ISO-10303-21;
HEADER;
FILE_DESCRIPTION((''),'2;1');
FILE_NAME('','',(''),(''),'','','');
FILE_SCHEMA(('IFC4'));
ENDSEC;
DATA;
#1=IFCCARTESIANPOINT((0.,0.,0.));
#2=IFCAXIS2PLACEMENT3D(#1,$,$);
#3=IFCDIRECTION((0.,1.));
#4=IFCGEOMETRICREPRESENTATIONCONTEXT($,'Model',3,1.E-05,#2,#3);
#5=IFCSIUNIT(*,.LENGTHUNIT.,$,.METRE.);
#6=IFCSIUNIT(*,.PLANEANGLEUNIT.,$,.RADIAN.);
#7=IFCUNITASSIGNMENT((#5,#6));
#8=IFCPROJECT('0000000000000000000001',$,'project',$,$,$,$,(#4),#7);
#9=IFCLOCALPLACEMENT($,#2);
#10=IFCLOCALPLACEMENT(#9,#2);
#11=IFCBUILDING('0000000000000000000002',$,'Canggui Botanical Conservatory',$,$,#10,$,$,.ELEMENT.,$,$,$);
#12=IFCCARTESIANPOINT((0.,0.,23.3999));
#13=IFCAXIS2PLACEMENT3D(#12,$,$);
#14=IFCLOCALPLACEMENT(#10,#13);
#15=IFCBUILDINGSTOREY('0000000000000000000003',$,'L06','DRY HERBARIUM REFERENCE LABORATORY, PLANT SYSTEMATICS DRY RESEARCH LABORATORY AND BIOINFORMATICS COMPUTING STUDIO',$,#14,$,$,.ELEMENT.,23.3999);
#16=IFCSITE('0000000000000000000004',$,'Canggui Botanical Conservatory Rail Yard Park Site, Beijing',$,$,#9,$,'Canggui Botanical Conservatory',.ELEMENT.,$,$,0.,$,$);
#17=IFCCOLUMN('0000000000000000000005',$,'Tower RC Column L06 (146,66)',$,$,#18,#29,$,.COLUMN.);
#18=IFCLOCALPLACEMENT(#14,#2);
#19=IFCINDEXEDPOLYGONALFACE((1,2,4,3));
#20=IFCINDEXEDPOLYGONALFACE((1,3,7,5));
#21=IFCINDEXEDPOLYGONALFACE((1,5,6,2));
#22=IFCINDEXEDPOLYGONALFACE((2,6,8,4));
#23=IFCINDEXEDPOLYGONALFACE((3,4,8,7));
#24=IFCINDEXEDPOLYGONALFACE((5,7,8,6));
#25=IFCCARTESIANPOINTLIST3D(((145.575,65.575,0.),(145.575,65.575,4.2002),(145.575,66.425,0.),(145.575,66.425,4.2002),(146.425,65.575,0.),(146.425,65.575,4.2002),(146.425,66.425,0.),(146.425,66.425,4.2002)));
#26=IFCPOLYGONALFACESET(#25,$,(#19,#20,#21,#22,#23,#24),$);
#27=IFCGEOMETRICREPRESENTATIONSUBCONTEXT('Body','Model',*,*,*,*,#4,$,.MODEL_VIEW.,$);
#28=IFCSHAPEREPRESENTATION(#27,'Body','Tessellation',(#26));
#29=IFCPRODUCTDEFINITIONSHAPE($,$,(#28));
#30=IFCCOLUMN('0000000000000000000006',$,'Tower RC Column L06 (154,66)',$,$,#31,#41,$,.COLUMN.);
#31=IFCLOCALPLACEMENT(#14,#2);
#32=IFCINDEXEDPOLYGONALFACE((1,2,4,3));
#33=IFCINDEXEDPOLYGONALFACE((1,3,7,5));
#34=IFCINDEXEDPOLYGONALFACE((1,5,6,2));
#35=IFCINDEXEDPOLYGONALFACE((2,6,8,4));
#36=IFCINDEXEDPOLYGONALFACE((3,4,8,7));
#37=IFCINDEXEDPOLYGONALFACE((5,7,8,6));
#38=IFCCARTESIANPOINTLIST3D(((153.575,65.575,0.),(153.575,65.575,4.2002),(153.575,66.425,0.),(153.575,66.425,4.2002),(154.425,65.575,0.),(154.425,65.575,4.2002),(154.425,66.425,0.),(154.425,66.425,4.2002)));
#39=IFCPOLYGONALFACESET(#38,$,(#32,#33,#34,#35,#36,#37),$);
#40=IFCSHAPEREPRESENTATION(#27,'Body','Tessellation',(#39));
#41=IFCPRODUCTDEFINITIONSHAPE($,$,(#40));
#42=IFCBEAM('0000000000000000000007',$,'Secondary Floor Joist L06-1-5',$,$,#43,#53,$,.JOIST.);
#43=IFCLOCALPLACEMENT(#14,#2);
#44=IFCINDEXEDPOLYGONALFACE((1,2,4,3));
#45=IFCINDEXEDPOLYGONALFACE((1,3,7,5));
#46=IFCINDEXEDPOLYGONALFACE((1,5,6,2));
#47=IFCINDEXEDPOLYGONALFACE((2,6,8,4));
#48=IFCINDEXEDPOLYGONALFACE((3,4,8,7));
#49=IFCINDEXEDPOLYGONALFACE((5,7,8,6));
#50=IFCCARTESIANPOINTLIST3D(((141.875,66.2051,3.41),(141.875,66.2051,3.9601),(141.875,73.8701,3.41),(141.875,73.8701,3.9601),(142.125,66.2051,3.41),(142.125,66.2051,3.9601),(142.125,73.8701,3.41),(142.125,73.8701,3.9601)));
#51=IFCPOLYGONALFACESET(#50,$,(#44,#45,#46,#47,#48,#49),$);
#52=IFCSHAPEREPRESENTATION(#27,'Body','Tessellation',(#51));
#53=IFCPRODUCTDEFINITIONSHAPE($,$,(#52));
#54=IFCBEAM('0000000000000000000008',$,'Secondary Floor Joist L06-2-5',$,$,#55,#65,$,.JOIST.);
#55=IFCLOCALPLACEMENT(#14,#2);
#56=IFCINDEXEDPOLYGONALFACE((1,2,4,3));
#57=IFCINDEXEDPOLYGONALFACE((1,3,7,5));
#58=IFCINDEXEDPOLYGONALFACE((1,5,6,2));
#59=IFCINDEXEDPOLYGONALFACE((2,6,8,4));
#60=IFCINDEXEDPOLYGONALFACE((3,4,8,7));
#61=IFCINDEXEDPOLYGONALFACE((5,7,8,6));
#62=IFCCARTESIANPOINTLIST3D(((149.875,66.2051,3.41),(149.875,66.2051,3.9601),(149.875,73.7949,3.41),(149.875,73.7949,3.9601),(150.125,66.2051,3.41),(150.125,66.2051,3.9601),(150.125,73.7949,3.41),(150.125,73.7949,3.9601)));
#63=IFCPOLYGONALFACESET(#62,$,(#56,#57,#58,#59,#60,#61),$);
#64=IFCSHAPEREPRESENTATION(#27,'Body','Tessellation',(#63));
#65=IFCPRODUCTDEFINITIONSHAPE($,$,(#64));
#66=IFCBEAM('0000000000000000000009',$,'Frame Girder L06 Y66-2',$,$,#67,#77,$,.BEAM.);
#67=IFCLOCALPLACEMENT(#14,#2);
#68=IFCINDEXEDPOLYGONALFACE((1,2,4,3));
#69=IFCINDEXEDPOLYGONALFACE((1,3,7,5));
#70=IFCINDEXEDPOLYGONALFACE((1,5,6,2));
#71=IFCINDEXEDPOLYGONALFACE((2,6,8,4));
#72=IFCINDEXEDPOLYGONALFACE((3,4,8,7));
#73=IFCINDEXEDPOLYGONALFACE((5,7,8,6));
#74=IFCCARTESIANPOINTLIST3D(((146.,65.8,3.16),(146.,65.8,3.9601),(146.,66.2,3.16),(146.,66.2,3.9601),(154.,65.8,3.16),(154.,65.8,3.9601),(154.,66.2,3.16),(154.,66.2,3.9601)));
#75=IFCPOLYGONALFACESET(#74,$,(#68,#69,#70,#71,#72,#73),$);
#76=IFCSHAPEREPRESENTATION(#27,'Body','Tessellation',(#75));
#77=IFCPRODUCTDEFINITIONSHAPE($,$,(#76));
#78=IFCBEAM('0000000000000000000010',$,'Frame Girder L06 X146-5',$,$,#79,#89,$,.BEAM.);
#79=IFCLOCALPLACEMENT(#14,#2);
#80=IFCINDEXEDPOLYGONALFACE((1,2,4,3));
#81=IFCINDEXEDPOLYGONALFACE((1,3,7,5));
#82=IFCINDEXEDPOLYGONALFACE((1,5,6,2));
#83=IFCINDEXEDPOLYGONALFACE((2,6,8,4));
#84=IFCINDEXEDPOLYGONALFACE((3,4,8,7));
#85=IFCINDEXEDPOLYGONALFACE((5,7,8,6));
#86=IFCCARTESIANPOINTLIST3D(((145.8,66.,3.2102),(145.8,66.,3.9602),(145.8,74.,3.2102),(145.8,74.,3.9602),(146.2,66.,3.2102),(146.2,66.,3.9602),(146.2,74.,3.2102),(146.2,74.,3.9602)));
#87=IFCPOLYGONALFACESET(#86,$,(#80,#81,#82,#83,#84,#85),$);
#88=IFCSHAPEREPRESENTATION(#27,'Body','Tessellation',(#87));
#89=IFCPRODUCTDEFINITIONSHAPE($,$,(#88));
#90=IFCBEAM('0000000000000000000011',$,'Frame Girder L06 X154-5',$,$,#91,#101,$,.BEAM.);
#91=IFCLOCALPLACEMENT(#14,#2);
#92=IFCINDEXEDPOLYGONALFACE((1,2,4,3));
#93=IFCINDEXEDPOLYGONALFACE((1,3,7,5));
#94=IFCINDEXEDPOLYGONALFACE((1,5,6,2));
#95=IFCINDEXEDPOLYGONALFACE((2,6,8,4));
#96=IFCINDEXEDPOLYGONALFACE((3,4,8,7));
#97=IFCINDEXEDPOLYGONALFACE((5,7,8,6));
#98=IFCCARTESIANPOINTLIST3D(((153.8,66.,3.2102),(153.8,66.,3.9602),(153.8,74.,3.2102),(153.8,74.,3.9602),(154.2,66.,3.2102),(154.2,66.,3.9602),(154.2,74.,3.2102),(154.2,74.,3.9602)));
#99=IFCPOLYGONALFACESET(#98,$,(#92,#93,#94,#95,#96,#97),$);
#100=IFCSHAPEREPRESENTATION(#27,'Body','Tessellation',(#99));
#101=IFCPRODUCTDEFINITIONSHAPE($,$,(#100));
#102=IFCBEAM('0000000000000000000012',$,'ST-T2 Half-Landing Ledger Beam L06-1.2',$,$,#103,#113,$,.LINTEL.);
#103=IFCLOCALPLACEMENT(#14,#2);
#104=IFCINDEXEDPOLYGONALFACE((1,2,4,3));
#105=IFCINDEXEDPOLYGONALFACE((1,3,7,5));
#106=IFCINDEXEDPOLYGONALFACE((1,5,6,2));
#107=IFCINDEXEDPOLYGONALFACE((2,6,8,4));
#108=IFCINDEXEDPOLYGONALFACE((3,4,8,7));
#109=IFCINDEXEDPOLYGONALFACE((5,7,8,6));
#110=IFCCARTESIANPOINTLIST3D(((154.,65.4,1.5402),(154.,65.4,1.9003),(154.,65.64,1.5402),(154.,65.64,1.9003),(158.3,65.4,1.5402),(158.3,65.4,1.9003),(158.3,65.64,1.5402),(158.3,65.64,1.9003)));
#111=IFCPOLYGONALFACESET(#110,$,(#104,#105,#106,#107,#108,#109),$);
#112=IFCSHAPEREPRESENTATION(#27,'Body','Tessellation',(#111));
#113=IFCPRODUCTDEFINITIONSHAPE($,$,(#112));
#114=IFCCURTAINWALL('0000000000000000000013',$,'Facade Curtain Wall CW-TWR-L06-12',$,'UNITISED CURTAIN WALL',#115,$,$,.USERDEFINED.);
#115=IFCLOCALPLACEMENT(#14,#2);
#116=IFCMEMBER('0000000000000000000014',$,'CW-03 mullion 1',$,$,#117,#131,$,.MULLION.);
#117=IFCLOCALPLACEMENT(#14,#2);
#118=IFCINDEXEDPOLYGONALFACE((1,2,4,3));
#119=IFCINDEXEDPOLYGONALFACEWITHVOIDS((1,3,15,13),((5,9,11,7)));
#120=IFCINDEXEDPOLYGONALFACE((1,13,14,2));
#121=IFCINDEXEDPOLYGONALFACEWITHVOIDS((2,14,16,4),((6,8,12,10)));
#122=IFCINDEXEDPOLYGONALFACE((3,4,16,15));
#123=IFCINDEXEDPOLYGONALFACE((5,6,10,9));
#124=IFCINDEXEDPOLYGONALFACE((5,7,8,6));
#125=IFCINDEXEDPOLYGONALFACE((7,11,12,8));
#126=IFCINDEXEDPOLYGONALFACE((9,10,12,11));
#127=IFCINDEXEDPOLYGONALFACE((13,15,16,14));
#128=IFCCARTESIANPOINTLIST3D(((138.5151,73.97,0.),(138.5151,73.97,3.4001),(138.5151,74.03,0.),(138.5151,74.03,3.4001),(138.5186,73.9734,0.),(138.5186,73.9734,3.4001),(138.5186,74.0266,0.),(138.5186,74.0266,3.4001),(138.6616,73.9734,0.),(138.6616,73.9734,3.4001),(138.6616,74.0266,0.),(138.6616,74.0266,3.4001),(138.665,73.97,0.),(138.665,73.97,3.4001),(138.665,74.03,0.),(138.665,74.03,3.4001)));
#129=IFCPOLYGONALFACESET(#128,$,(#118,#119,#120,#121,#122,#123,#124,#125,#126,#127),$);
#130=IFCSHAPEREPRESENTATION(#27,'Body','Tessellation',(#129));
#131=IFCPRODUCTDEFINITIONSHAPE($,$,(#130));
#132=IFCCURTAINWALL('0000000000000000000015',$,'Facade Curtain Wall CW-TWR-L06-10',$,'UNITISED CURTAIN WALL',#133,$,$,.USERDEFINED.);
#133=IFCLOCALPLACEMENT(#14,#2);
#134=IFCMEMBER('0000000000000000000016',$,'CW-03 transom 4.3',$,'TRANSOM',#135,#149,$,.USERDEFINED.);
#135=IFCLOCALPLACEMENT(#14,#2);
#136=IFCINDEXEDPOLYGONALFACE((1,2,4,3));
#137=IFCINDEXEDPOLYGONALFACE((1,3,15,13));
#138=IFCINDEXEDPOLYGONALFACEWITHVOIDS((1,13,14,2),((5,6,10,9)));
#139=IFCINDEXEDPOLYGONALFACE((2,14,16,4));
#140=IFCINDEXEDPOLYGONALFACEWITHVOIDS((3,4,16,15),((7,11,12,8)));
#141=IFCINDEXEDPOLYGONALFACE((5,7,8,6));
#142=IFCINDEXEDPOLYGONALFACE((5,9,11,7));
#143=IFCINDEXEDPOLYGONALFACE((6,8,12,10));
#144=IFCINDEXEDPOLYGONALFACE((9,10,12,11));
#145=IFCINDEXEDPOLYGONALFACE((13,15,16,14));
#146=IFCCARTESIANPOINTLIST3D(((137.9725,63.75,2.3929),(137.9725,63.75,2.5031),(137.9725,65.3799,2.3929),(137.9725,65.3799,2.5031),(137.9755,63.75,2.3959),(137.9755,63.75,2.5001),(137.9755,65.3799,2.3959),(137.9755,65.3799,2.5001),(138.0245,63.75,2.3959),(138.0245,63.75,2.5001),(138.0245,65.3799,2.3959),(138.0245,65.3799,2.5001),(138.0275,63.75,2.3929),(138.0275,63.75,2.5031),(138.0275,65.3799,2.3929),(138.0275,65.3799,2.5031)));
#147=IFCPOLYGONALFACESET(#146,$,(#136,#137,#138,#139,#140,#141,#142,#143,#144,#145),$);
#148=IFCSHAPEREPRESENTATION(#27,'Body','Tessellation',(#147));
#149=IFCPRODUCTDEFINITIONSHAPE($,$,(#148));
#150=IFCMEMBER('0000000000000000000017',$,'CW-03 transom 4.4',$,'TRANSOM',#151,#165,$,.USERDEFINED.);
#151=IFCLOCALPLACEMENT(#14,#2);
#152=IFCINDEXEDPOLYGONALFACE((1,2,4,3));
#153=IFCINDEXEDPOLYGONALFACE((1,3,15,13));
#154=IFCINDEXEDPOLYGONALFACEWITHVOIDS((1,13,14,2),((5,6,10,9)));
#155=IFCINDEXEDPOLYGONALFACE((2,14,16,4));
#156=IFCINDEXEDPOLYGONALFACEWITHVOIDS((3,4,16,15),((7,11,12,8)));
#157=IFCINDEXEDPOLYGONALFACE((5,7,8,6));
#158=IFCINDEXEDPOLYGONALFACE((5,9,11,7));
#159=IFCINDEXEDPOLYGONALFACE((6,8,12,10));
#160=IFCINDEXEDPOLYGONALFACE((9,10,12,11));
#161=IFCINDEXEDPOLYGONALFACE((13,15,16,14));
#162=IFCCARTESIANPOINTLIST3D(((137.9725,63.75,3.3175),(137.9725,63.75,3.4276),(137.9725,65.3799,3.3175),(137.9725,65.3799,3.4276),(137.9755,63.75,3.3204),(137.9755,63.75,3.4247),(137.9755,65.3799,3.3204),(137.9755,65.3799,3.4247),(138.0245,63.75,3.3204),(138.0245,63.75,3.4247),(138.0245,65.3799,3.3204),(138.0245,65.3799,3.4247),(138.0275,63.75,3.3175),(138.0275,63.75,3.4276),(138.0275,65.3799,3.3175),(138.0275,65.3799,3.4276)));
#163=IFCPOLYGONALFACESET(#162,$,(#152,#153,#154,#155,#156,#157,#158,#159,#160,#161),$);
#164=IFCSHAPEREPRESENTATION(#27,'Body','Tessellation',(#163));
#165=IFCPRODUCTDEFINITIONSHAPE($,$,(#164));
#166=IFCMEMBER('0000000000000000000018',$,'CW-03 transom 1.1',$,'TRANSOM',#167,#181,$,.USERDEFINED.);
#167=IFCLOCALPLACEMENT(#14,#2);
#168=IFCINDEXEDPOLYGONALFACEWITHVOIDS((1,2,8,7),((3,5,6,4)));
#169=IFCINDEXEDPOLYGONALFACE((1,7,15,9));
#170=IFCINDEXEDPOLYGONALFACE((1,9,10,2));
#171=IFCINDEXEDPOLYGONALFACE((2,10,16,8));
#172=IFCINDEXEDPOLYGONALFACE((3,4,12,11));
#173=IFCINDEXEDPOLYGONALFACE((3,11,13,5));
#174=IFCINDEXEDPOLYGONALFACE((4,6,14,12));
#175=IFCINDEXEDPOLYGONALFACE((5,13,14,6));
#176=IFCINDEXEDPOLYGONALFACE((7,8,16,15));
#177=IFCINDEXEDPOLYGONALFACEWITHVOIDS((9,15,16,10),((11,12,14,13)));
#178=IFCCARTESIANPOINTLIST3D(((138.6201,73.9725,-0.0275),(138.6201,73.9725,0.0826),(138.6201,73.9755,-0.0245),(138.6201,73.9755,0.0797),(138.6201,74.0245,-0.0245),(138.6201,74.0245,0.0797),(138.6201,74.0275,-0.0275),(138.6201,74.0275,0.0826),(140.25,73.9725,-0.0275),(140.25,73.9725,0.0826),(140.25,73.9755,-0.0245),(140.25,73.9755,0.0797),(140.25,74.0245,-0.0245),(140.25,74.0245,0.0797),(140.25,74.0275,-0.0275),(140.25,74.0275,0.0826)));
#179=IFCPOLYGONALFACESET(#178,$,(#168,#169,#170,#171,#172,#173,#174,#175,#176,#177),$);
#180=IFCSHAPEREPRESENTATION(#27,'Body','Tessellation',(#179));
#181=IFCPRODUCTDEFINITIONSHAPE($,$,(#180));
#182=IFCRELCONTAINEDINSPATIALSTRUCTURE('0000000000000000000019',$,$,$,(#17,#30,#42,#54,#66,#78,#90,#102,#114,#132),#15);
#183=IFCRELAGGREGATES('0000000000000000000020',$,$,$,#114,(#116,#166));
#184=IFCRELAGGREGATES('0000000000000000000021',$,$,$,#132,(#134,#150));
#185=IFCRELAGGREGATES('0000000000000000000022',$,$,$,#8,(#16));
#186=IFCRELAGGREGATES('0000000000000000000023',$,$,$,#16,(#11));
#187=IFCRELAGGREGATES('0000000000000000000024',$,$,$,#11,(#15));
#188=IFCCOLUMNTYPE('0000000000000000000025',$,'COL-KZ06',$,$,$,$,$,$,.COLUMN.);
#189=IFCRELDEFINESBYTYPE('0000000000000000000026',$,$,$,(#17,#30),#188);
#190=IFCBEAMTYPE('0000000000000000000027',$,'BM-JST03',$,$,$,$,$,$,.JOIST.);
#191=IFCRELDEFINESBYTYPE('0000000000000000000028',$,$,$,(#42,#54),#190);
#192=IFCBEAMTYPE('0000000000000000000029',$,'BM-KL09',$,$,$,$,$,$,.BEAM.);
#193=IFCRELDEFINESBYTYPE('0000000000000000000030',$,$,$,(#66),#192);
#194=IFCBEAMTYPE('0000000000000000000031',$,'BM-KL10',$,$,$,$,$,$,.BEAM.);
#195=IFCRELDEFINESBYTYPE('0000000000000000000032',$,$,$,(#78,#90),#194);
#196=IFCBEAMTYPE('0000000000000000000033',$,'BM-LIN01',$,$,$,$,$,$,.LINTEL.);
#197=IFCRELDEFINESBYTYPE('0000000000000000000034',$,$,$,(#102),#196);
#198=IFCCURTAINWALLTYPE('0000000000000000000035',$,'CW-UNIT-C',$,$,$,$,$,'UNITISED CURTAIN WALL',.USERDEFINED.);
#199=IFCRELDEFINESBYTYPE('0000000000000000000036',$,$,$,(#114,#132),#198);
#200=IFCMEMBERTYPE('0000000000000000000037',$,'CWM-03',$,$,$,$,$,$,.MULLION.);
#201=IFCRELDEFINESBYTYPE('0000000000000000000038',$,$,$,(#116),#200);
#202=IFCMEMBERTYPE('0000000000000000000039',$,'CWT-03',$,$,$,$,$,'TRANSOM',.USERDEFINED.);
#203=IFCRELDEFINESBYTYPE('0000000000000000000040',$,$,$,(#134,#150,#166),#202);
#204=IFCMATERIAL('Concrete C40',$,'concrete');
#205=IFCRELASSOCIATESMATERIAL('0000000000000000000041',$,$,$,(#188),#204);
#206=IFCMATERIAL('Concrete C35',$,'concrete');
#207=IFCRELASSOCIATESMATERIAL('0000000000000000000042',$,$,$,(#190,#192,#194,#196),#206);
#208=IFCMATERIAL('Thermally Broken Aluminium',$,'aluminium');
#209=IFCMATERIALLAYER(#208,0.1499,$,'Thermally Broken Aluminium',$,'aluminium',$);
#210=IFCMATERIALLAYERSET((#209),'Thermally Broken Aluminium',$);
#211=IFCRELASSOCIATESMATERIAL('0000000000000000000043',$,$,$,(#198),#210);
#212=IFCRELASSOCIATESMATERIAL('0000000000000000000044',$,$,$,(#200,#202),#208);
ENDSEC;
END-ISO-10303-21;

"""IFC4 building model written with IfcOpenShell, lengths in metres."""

from ifc_helpers import new_model, si_unit, direction, frame, origin, origin_2d, place, context, subcontext, project, spatial, rectangle, hollow_rectangle, extrude, material, layer, layer_set, material_profile, profile_set, type_object, element, aggregate, save


model = new_model("IFC4")

# Units and contexts
model_context = context("Model", 3, precision=1e-05, world=origin(), true_north=direction((0.0, 1.0)))
body_context = subcontext(model_context, "Body", "Model", "MODEL_VIEW")
ifc_project = project(units=[si_unit("LENGTHUNIT", "METRE"), si_unit("PLANEANGLEUNIT", "RADIAN")], contexts=[model_context])

# Site, building, storey
site_placement = place(None, origin())
site = spatial("IfcSite", under=ifc_project, at=site_placement, Name="Canggui Botanical Conservatory Rail Yard Park Site, Beijing", LongName="Canggui Botanical Conservatory", CompositionType="ELEMENT", RefElevation=0.0)
building_placement = place(site_placement, origin())
building = spatial("IfcBuilding", under=site, at=building_placement, Name="Canggui Botanical Conservatory", CompositionType="ELEMENT")
storey_placement = place(building_placement, frame((0.0, 0.0, 23.3999)))
storey = spatial("IfcBuildingStorey", under=building, at=storey_placement, Name="L06", Description="DRY HERBARIUM REFERENCE LABORATORY, PLANT SYSTEMATICS DRY RESEARCH LABORATORY AND BIOINFORMATICS COMPUTING STUDIO", CompositionType="ELEMENT", Elevation=23.3999)

# Columns
ifc_material_1 = material(Name="Concrete C40", Category="concrete")
ifc_material_profile_1 = material_profile(ifc_material_1, rectangle(XDim=0.8501, YDim=0.8501, at=origin_2d()), Name="RC 850x850")
ifc_profile_set_1 = profile_set([ifc_material_profile_1], Name="Concrete C40")
column_type = type_object("IfcColumnType", Name="COL-KZ06", PredefinedType="COLUMN", material=ifc_profile_set_1)
for number, where, z_axis, x_axis, name in (
    (1, (146.0, 66.0, 0.0), (0.0, 0.0, 1.0), (1.0, 0.0, 0.0), "Tower RC Column L06 (146,66)"),
    (2, (154.0, 66.0, 0.0), (0.0, 0.0, 1.0), (1.0, 0.0, 0.0), "Tower RC Column L06 (154,66)"),
):
    element("IfcColumn", number, at=place(storey_placement, frame(where, z_axis=z_axis, x_axis=x_axis)), inside=storey, type_object=column_type, Name=name, PredefinedType="COLUMN", context=body_context, shape_type="SweptSolid", body=[
        extrude(rectangle(XDim=0.8501, YDim=0.8501, at=origin_2d()), origin(), (0.0, 0.0, 1.0), 4.2002),
    ])

# Beams
ifc_material_2 = material(Name="Concrete C35", Category="concrete")
ifc_material_profile_2 = material_profile(ifc_material_2, rectangle(XDim=0.25, YDim=0.55, at=origin_2d()), Name="RB 250x550")
ifc_profile_set_2 = profile_set([ifc_material_profile_2], Name="Concrete C35")
beam_type_1 = type_object("IfcBeamType", Name="BM-JST03", PredefinedType="JOIST", material=ifc_profile_set_2)
beam_1_placement = place(storey_placement, frame((142.0, 66.2051, 3.6851), z_axis=(0.0, 1.0, 0.0), x_axis=(-1.0, 0.0, 0.0)))
element("IfcBeam", 3, at=beam_1_placement, inside=storey, type_object=beam_type_1, Name="Secondary Floor Joist L06-1-5", PredefinedType="JOIST", context=body_context, shape_type="SweptSolid", body=[
    extrude(rectangle(XDim=0.25, YDim=0.55, at=origin_2d()), origin(), (0.0, 0.0, 1.0), 7.665),
])
beam_2_placement = place(storey_placement, frame((150.0, 66.2051, 3.6851), z_axis=(0.0, 1.0, 0.0), x_axis=(-1.0, 0.0, 0.0)))
element("IfcBeam", 4, at=beam_2_placement, inside=storey, type_object=beam_type_1, Name="Secondary Floor Joist L06-2-5", PredefinedType="JOIST", context=body_context, shape_type="SweptSolid", body=[
    extrude(rectangle(XDim=0.25, YDim=0.55, at=origin_2d()), origin(), (0.0, 0.0, 1.0), 7.5898),
])
ifc_material_profile_3 = material_profile(ifc_material_2, rectangle(XDim=0.3999, YDim=0.8, at=origin_2d()), Name="RB 400x800")
ifc_profile_set_3 = profile_set([ifc_material_profile_3], Name="Concrete C35")
beam_type_2 = type_object("IfcBeamType", Name="BM-KL09", PredefinedType="BEAM", material=ifc_profile_set_3)
beam_3_placement = place(storey_placement, frame((146.0, 66.0, 3.5601), z_axis=(1.0, 0.0, 0.0), x_axis=(0.0, 1.0, 0.0)))
element("IfcBeam", 5, at=beam_3_placement, inside=storey, type_object=beam_type_2, Name="Frame Girder L06 Y66-2", PredefinedType="BEAM", context=body_context, shape_type="SweptSolid", body=[
    extrude(rectangle(XDim=0.3999, YDim=0.8, at=origin_2d()), origin(), (0.0, 0.0, 1.0), 8.0),
])
ifc_material_profile_4 = material_profile(ifc_material_2, rectangle(XDim=0.3999, YDim=0.75, at=origin_2d()), Name="RB 400x750")
ifc_profile_set_4 = profile_set([ifc_material_profile_4], Name="Concrete C35")
beam_type_3 = type_object("IfcBeamType", Name="BM-KL10", PredefinedType="BEAM", material=ifc_profile_set_4)
for number, where, z_axis, x_axis, name in (
    (6, (146.0, 66.0, 3.5852), (0.0, 1.0, 0.0), (-1.0, 0.0, 0.0), "Frame Girder L06 X146-5"),
    (7, (154.0, 66.0, 3.5852), (0.0, 1.0, 0.0), (-1.0, 0.0, 0.0), "Frame Girder L06 X154-5"),
):
    element("IfcBeam", number, at=place(storey_placement, frame(where, z_axis=z_axis, x_axis=x_axis)), inside=storey, type_object=beam_type_3, Name=name, PredefinedType="BEAM", context=body_context, shape_type="SweptSolid", body=[
        extrude(rectangle(XDim=0.3999, YDim=0.75, at=origin_2d()), origin(), (0.0, 0.0, 1.0), 8.0),
    ])
ifc_material_profile_5 = material_profile(ifc_material_2, rectangle(XDim=0.24, YDim=0.3601, at=origin_2d()), Name="RB 240x360")
ifc_profile_set_5 = profile_set([ifc_material_profile_5], Name="Concrete C35")
beam_type_4 = type_object("IfcBeamType", Name="BM-LIN01", PredefinedType="LINTEL", material=ifc_profile_set_5)
beam_4_placement = place(storey_placement, frame((154.0, 65.52, 1.7202), z_axis=(1.0, 0.0, 0.0), x_axis=(0.0, 1.0, 0.0)))
element("IfcBeam", 8, at=beam_4_placement, inside=storey, type_object=beam_type_4, Name="ST-T2 Half-Landing Ledger Beam L06-1.2", PredefinedType="LINTEL", context=body_context, shape_type="SweptSolid", body=[
    extrude(rectangle(XDim=0.24, YDim=0.3601, at=origin_2d()), origin(), (0.0, 0.0, 1.0), 4.3),
])

# Curtain wall, member
ifc_material_3 = material(Name="Thermally Broken Aluminium", Category="aluminium")
ifc_layer_1 = layer(ifc_material_3, 0.1499, Name="Thermally Broken Aluminium", Category="aluminium")
ifc_layer_set_1 = layer_set([ifc_layer_1], Name="Thermally Broken Aluminium")
curtain_wall_type = type_object("IfcCurtainWallType", Name="CW-UNIT-C", ElementType="UNITISED CURTAIN WALL", PredefinedType="USERDEFINED", material=ifc_layer_set_1)
curtain_wall_1_placement = place(storey_placement, origin())
curtain_wall_1 = element("IfcCurtainWall", 9, at=curtain_wall_1_placement, inside=storey, type_object=curtain_wall_type, Name="Facade Curtain Wall CW-TWR-L06-12", ObjectType="UNITISED CURTAIN WALL", PredefinedType="USERDEFINED")
ifc_material_profile_6 = material_profile(ifc_material_3, hollow_rectangle(XDim=0.0601, YDim=0.1499, WallThickness=0.0034, at=origin_2d()), Name="CWM 60x150x3.5")
ifc_profile_set_6 = profile_set([ifc_material_profile_6], Name="Thermally Broken Aluminium")
member_type_1 = type_object("IfcMemberType", Name="CWM-03", PredefinedType="MULLION", material=ifc_profile_set_6)
member_1_placement = place(storey_placement, frame((138.5901, 74.0, 0.0), z_axis=(0.0, 0.0, 1.0), x_axis=(0.0, 1.0, 0.0)))
member_1 = element("IfcMember", 10, at=member_1_placement, type_object=member_type_1, Name="CW-03 mullion 1", PredefinedType="MULLION", context=body_context, shape_type="SweptSolid", body=[
    extrude(hollow_rectangle(XDim=0.0601, YDim=0.1499, WallThickness=0.0034, at=origin_2d()), origin(), (0.0, 0.0, 1.0), 3.4001),
])

# Curtain wall, members
curtain_wall_2_placement = place(storey_placement, origin())
curtain_wall_2 = element("IfcCurtainWall", 11, at=curtain_wall_2_placement, inside=storey, type_object=curtain_wall_type, Name="Facade Curtain Wall CW-TWR-L06-10", ObjectType="UNITISED CURTAIN WALL", PredefinedType="USERDEFINED")
ifc_material_profile_7 = material_profile(ifc_material_3, hollow_rectangle(XDim=0.0549, YDim=0.1101, WallThickness=0.0029, at=origin_2d()), Name="CWT 55x110x3")
ifc_profile_set_7 = profile_set([ifc_material_profile_7], Name="Thermally Broken Aluminium")
member_type_2 = type_object("IfcMemberType", Name="CWT-03", ElementType="TRANSOM", PredefinedType="USERDEFINED", material=ifc_profile_set_7)
member_2_placement = place(storey_placement, frame((138.0, 63.75, 2.448), z_axis=(0.0, 1.0, 0.0), x_axis=(-1.0, 0.0, 0.0)))
member_2 = element("IfcMember", 12, at=member_2_placement, type_object=member_type_2, Name="CW-03 transom 4.3", ObjectType="TRANSOM", PredefinedType="USERDEFINED", context=body_context, shape_type="SweptSolid", body=[
    extrude(hollow_rectangle(XDim=0.0549, YDim=0.1101, WallThickness=0.0029, at=origin_2d()), origin(), (0.0, 0.0, 1.0), 1.6299),
])
member_3_placement = place(storey_placement, frame((138.0, 63.75, 3.3726), z_axis=(0.0, 1.0, 0.0), x_axis=(-1.0, 0.0, 0.0)))
member_3 = element("IfcMember", 13, at=member_3_placement, type_object=member_type_2, Name="CW-03 transom 4.4", ObjectType="TRANSOM", PredefinedType="USERDEFINED", context=body_context, shape_type="SweptSolid", body=[
    extrude(hollow_rectangle(XDim=0.0549, YDim=0.1101, WallThickness=0.0029, at=origin_2d()), origin(), (0.0, 0.0, 1.0), 1.6299),
])

# Member
member_4_placement = place(storey_placement, frame((138.6201, 74.0, 0.0276), z_axis=(1.0, 0.0, 0.0), x_axis=(0.0, 1.0, 0.0)))
member_4 = element("IfcMember", 14, at=member_4_placement, type_object=member_type_2, Name="CW-03 transom 1.1", ObjectType="TRANSOM", PredefinedType="USERDEFINED", context=body_context, shape_type="SweptSolid", body=[
    extrude(hollow_rectangle(XDim=0.0549, YDim=0.1101, WallThickness=0.0029, at=origin_2d()), origin(), (0.0, 0.0, 1.0), 1.6299),
])
aggregate(curtain_wall_1, [member_1, member_4])

aggregate(curtain_wall_2, [member_2, member_3])

save(model, "model.ifc")
